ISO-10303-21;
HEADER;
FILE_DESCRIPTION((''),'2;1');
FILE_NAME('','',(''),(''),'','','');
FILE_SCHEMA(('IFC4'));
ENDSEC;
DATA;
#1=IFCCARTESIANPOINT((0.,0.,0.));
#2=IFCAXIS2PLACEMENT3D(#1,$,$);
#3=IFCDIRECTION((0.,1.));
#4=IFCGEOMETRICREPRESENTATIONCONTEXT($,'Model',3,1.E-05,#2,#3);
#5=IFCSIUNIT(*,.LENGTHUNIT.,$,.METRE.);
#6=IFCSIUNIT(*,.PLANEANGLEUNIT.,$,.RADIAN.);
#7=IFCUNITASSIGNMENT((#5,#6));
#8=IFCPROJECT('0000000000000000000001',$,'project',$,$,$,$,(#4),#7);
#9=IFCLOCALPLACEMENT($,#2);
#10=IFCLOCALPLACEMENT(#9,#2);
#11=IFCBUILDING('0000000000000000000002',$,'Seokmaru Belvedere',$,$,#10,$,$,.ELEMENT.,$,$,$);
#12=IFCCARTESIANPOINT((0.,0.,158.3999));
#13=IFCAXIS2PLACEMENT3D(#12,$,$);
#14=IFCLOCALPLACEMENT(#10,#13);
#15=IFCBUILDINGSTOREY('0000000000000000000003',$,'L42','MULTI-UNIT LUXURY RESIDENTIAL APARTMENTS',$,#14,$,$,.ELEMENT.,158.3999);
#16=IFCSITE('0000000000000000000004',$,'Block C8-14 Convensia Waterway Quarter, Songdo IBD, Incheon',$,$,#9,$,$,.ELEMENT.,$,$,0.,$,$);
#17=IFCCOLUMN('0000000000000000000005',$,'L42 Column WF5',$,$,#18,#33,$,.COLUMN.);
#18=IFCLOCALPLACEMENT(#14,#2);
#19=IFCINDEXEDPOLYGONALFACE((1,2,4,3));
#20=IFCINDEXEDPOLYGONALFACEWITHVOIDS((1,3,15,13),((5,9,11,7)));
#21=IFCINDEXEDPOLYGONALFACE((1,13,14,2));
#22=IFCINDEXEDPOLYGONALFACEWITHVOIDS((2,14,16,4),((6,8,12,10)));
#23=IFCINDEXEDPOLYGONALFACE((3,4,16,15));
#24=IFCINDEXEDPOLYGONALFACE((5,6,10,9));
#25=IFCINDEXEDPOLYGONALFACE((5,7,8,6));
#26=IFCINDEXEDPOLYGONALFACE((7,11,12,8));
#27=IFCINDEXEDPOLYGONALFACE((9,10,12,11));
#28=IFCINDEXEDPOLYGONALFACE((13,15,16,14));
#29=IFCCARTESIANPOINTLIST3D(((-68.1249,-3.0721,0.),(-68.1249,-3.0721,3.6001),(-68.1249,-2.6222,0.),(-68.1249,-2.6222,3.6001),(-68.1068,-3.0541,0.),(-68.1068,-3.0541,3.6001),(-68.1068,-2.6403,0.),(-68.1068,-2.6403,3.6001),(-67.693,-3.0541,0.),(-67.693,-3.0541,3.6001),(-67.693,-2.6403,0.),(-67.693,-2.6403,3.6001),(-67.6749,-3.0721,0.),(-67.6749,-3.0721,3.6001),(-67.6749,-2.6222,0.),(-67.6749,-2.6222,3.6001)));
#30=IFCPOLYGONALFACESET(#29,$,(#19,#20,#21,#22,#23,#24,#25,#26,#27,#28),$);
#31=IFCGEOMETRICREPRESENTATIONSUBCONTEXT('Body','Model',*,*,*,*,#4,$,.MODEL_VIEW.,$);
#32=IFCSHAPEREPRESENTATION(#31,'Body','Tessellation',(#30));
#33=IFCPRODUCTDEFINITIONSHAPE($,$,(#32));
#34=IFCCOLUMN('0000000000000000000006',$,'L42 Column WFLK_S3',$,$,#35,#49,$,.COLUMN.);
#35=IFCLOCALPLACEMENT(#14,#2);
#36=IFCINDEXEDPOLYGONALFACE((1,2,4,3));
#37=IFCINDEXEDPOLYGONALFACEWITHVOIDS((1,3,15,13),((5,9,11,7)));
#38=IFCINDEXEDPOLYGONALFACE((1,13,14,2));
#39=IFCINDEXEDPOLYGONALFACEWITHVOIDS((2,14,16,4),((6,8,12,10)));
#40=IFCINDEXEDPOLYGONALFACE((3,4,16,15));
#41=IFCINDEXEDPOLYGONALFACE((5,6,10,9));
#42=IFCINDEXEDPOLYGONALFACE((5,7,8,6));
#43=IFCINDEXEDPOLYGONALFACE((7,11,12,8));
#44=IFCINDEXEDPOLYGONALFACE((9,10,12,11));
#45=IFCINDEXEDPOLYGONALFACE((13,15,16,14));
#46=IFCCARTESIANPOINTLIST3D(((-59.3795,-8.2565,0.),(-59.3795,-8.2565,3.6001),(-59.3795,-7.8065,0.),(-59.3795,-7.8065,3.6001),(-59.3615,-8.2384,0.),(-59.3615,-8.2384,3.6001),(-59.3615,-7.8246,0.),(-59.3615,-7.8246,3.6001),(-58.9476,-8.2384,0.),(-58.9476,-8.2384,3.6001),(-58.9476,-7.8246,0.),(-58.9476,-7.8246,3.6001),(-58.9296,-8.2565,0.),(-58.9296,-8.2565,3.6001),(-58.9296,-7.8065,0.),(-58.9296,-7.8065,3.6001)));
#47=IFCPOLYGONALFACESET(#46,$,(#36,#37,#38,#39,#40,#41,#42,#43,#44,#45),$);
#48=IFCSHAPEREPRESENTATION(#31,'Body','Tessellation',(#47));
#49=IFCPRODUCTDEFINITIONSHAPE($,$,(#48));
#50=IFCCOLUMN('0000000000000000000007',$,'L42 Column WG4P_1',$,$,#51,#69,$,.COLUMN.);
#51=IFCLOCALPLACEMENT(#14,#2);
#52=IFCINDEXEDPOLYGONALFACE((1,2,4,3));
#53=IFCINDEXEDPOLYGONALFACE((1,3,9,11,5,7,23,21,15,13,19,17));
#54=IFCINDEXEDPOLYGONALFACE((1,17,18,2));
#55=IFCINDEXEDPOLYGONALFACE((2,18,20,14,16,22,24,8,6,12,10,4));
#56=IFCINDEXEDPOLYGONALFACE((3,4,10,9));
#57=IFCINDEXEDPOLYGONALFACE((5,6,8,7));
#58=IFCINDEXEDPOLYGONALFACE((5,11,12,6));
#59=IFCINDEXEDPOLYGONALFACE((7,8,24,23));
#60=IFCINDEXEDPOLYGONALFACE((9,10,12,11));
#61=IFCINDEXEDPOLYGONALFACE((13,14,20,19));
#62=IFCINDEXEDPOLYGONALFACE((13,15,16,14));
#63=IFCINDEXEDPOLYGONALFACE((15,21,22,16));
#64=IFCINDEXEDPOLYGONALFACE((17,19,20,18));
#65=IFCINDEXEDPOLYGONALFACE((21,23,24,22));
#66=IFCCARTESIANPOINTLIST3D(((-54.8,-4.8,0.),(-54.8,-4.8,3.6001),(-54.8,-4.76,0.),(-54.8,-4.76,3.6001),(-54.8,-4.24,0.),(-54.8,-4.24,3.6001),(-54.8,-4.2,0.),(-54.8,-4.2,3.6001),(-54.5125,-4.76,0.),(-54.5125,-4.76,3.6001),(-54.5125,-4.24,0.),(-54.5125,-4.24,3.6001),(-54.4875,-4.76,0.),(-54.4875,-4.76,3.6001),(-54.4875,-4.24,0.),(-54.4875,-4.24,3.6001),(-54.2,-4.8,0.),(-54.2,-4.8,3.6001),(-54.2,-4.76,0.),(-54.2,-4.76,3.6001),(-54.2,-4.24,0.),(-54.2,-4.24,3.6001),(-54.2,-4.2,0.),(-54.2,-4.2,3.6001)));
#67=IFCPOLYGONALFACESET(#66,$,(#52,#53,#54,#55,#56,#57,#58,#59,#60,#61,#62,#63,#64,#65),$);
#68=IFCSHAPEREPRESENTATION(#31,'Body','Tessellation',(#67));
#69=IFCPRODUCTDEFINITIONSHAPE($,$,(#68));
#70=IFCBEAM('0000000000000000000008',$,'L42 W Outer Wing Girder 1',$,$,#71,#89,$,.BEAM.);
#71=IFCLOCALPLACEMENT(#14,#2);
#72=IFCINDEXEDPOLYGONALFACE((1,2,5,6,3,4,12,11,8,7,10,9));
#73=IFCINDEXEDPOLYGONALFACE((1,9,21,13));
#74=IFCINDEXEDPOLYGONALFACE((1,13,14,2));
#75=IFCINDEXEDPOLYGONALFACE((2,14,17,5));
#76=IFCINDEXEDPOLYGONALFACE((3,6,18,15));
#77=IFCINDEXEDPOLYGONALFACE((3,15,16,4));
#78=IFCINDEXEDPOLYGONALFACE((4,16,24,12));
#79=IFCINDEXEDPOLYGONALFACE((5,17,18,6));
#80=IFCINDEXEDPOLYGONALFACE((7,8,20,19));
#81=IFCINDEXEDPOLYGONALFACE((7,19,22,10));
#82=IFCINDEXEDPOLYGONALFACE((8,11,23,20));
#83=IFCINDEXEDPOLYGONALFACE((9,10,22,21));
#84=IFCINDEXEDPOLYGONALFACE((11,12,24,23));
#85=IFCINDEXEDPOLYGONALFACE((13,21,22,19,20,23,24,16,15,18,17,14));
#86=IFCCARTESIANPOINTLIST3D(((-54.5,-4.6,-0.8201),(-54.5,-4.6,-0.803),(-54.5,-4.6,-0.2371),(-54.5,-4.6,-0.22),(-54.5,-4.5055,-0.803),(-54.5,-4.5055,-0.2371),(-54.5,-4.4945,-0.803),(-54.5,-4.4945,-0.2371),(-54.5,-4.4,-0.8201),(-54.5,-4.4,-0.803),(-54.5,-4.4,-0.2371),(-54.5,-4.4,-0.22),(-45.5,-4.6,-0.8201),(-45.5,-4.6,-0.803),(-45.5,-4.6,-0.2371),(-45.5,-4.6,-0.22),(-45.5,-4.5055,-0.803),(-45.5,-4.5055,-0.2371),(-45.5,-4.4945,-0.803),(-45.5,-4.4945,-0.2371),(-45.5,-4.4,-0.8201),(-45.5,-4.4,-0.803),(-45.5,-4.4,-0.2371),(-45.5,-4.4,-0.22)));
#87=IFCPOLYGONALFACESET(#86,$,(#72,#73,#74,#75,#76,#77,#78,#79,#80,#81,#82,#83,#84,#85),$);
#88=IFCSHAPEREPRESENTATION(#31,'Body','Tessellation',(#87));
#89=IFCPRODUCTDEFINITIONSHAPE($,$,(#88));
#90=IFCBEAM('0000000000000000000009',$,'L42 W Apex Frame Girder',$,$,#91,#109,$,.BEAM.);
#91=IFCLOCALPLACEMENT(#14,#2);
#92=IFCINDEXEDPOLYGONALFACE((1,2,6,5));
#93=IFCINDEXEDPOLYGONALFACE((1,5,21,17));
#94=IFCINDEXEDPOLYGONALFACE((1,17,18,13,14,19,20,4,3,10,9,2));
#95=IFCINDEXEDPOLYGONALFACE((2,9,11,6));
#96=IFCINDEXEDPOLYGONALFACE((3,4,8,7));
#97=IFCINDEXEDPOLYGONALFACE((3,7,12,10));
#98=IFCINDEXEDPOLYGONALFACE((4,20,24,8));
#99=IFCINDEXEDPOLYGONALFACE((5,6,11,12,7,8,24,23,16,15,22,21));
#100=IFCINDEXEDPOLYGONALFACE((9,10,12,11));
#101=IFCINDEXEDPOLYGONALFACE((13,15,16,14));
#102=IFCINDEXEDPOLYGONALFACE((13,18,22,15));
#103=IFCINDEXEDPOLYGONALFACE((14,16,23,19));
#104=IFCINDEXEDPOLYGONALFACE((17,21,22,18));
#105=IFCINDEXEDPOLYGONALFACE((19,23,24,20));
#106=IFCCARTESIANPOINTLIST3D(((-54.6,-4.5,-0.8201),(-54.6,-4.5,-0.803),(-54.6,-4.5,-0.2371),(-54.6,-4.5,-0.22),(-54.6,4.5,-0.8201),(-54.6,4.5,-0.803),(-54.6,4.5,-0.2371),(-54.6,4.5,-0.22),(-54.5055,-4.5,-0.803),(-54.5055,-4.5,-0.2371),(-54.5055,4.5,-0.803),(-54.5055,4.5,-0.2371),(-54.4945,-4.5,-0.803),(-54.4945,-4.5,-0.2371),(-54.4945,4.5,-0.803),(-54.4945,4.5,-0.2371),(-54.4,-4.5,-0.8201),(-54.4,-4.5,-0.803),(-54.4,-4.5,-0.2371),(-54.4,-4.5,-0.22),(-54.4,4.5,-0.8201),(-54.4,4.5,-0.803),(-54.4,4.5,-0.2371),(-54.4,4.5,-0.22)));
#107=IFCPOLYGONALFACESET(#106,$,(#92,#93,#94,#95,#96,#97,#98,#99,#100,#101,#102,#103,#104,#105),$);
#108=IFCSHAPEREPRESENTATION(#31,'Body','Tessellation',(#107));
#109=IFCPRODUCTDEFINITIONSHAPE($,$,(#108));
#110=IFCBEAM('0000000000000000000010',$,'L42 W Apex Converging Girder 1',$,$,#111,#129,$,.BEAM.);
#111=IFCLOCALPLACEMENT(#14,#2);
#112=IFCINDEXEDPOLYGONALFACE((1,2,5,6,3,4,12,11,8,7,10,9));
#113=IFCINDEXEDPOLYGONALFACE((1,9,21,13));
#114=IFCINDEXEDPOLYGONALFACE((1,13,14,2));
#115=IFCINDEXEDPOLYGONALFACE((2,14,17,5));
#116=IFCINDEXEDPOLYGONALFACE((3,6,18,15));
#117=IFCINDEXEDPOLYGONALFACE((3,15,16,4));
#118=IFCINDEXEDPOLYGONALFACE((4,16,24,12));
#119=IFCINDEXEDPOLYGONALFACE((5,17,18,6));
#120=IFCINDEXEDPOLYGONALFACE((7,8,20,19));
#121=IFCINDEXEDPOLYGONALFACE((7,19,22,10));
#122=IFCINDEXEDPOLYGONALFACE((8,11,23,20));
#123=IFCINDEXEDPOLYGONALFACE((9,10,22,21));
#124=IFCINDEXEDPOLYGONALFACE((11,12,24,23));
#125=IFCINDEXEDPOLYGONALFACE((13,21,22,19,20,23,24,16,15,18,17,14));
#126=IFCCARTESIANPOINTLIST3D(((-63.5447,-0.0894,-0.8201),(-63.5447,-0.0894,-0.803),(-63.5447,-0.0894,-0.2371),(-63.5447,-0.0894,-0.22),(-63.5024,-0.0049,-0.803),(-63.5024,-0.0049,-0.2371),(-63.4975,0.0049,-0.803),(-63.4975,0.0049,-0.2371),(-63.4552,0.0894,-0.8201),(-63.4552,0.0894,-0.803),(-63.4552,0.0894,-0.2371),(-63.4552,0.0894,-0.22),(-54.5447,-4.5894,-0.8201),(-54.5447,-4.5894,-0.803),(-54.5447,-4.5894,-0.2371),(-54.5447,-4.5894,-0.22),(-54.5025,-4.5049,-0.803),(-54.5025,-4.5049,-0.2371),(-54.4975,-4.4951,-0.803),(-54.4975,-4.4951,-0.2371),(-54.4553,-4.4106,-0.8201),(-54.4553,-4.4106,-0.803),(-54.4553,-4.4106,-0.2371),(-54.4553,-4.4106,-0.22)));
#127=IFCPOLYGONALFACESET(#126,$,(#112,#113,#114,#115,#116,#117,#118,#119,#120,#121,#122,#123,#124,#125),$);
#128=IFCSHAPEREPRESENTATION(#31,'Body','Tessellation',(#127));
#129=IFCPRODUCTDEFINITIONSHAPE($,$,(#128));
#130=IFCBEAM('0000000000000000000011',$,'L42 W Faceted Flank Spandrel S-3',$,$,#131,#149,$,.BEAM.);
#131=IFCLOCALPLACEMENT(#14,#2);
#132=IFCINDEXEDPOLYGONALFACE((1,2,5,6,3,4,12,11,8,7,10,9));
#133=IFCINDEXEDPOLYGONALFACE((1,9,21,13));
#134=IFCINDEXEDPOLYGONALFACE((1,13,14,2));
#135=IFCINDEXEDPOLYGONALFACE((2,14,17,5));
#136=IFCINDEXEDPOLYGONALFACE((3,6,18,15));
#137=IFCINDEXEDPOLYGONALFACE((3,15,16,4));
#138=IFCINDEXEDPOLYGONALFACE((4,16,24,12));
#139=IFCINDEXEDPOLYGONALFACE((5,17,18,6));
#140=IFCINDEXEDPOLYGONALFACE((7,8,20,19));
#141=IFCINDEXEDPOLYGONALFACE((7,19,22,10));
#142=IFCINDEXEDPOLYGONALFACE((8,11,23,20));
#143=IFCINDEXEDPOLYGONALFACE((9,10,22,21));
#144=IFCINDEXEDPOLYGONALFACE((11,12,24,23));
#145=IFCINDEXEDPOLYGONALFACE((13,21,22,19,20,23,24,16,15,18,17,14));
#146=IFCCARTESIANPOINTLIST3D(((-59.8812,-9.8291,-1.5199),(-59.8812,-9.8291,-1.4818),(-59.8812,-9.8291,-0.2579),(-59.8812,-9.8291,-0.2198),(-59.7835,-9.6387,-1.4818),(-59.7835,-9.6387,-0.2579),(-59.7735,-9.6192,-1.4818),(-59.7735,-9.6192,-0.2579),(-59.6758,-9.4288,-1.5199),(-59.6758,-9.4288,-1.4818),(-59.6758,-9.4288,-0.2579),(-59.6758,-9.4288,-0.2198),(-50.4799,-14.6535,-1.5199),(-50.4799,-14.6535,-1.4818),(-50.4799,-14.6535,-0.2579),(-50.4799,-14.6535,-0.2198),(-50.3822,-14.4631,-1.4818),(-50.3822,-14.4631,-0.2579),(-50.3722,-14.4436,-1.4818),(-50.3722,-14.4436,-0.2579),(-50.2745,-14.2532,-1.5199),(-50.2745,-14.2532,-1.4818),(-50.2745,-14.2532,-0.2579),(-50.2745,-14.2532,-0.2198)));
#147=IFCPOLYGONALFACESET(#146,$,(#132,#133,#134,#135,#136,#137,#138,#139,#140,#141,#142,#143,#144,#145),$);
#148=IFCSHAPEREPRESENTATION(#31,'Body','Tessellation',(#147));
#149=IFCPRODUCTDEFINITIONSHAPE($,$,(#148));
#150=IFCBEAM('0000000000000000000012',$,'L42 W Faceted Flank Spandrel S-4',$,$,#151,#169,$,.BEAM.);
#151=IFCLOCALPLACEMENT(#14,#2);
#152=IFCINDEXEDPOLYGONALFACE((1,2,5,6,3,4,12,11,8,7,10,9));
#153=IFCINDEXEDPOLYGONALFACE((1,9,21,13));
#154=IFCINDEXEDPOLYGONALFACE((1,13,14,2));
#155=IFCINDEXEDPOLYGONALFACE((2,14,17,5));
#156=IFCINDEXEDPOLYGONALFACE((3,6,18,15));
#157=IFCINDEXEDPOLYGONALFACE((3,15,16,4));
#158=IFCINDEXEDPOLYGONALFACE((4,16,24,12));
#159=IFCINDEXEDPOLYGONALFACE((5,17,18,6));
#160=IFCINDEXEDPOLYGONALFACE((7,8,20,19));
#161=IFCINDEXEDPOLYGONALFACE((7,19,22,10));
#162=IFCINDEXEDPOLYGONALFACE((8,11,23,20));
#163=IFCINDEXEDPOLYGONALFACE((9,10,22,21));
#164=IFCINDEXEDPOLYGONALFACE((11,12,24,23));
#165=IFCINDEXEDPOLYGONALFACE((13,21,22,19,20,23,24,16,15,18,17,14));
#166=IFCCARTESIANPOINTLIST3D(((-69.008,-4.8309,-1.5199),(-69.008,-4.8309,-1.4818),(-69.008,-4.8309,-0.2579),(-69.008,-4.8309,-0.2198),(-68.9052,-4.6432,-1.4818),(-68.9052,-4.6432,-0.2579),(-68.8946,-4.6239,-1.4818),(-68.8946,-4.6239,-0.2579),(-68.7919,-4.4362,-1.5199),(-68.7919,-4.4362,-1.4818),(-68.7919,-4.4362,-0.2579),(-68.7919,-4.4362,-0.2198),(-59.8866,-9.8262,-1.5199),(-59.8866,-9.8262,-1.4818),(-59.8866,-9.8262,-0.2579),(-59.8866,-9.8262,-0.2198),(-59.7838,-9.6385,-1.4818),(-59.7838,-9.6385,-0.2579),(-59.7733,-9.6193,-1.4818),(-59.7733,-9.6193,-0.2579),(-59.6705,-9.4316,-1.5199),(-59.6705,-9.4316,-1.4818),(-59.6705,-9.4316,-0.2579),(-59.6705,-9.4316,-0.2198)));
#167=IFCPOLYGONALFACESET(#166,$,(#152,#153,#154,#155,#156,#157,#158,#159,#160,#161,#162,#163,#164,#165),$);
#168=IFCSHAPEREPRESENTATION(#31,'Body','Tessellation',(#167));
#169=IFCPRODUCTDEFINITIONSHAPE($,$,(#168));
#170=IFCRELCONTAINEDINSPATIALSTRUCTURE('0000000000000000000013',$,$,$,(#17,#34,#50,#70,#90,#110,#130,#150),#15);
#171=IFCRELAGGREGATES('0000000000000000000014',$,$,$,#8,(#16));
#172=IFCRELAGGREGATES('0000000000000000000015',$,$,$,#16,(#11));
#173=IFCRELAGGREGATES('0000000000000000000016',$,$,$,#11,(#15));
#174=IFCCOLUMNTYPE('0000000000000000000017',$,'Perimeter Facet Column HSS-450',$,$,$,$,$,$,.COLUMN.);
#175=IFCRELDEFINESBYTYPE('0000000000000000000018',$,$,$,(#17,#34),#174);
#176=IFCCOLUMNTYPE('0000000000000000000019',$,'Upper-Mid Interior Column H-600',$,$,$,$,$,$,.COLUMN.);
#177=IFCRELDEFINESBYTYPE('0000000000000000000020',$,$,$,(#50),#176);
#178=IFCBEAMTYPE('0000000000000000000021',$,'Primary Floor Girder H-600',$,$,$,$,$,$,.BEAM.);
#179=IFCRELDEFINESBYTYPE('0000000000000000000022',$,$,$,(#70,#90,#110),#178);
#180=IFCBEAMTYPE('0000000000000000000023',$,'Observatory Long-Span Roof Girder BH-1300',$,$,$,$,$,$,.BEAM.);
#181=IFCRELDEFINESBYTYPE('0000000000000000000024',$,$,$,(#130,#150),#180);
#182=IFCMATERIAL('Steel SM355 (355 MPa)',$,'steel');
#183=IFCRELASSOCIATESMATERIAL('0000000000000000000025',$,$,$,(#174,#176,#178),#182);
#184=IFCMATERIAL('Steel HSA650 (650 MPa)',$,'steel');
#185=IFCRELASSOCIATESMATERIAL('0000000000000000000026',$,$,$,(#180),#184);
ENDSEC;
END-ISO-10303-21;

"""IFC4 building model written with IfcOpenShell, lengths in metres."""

from ifc_helpers import new_model, si_unit, direction, frame, origin, origin_2d, place, context, subcontext, project, spatial, hollow_rectangle, i_section, extrude, source, transform, mapped, material, material_profile, profile_set, type_object, type_shapes, element, save


model = new_model("IFC4")

# Units and contexts
model_context = context("Model", 3, precision=1e-05, world=origin(), true_north=direction((0.0, 1.0)))
body_context = subcontext(model_context, "Body", "Model", "MODEL_VIEW")
ifc_project = project(units=[si_unit("LENGTHUNIT", "METRE"), si_unit("PLANEANGLEUNIT", "RADIAN")], contexts=[model_context])

# Site, building, storey
site_placement = place(None, origin())
site = spatial("IfcSite", under=ifc_project, at=site_placement, Name="Block C8-14 Convensia Waterway Quarter, Songdo IBD, Incheon", CompositionType="ELEMENT", RefElevation=0.0)
building_placement = place(site_placement, origin())
building = spatial("IfcBuilding", under=site, at=building_placement, Name="Seokmaru Belvedere", CompositionType="ELEMENT")
storey_placement = place(building_placement, frame((0.0, 0.0, 158.3999)))
storey = spatial("IfcBuildingStorey", under=building, at=storey_placement, Name="L42", Description="MULTI-UNIT LUXURY RESIDENTIAL APARTMENTS", CompositionType="ELEMENT", Elevation=158.3999)

# Columns
ifc_material_1 = material(Name="Steel SM355 (355 MPa)", Category="steel")
ifc_material_profile_1 = material_profile(ifc_material_1, hollow_rectangle(XDim=0.45, YDim=0.45, WallThickness=0.0181, at=origin_2d()), Name="HSS-450x450x18")
ifc_profile_set_1 = profile_set([ifc_material_profile_1], Name="Steel SM355 (355 MPa)")
column_type_1 = type_object("IfcColumnType", Name="Perimeter Facet Column HSS-450", PredefinedType="COLUMN", material=ifc_profile_set_1)
shared_shape_1 = source(origin(), body_context, "Body", "SweptSolid", [
    extrude(hollow_rectangle(XDim=0.45, YDim=0.45, WallThickness=0.0181, at=origin_2d()), origin(), (0.0, 0.0, 1.0), 3.6001),
])
type_shapes(column_type_1, [shared_shape_1])
for number, where, z_axis, x_axis, name in (
    (1, (-67.8999, -2.8472, 0.0), (0.0, 0.0, 1.0), (1.0, 0.0, 0.0), "L42 Column WF5"),
    (2, (-59.1545, -8.0315, 0.0), (0.0, 0.0, 1.0), (1.0, 0.0, 0.0), "L42 Column WFLK_S3"),
):
    element("IfcColumn", number, at=place(storey_placement, frame(where, z_axis=z_axis, x_axis=x_axis)), inside=storey, type_object=column_type_1, Name=name, PredefinedType="COLUMN", context=body_context, shape_type="MappedRepresentation", body=[
        mapped(shared_shape_1, transform((0.0, 0.0, 0.0), scale=1.0)),
    ])
ifc_material_profile_2 = material_profile(ifc_material_1, i_section(OverallWidth=0.6001, OverallDepth=0.6001, WebThickness=0.0249, FlangeThickness=0.04, at=origin_2d()), Name="H-600x600x25x40")
ifc_profile_set_2 = profile_set([ifc_material_profile_2], Name="Steel SM355 (355 MPa)")
column_type_2 = type_object("IfcColumnType", Name="Upper-Mid Interior Column H-600", PredefinedType="COLUMN", material=ifc_profile_set_2)
shared_shape_2 = source(origin(), body_context, "Body", "SweptSolid", [
    extrude(i_section(OverallWidth=0.6001, OverallDepth=0.6001, WebThickness=0.0249, FlangeThickness=0.04, at=origin_2d()), origin(), (0.0, 0.0, 1.0), 3.6001),
])
type_shapes(column_type_2, [shared_shape_2])
column_placement = place(storey_placement, frame((-54.5, -4.5, 0.0), z_axis=(0.0, 0.0, 1.0), x_axis=(1.0, 0.0, 0.0)))
element("IfcColumn", 3, at=column_placement, inside=storey, type_object=column_type_2, Name="L42 Column WG4P_1", PredefinedType="COLUMN", context=body_context, shape_type="MappedRepresentation", body=[
    mapped(shared_shape_2, transform((0.0, 0.0, 0.0), scale=1.0)),
])

# Beams
ifc_material_profile_3 = material_profile(ifc_material_1, i_section(OverallWidth=0.2, OverallDepth=0.6001, WebThickness=0.011, FlangeThickness=0.0171, at=origin_2d()), Name="H-600x200x11x17")
ifc_profile_set_3 = profile_set([ifc_material_profile_3], Name="Steel SM355 (355 MPa)")
beam_type_1 = type_object("IfcBeamType", Name="Primary Floor Girder H-600", PredefinedType="BEAM", material=ifc_profile_set_3)
shared_shape_3 = source(origin(), body_context, "Body", "SweptSolid", [
    extrude(i_section(OverallWidth=0.2, OverallDepth=0.6001, WebThickness=0.011, FlangeThickness=0.0171, at=origin_2d()), origin(), (0.0, 0.0, 1.0), 9.0),
])
for number, where, z_axis, x_axis, name in (
    (4, (-54.5, -4.5, -0.52), (1.0, 0.0, 0.0), (0.0, 1.0, 0.0), "L42 W Outer Wing Girder 1"),
    (5, (-54.5, -4.5, -0.52), (0.0, 1.0, 0.0), (-1.0, 0.0, 0.0), "L42 W Apex Frame Girder"),
):
    element("IfcBeam", number, at=place(storey_placement, frame(where, z_axis=z_axis, x_axis=x_axis)), inside=storey, type_object=beam_type_1, Name=name, PredefinedType="BEAM", context=body_context, shape_type="MappedRepresentation", body=[
        mapped(shared_shape_3, transform((0.0, 0.0, 0.0), scale=1.0)),
    ])
shared_shape_4 = source(origin(), body_context, "Body", "SweptSolid", [
    extrude(i_section(OverallWidth=0.2, OverallDepth=0.6001, WebThickness=0.011, FlangeThickness=0.0171, at=origin_2d()), origin(), (0.0, 0.0, 1.0), 10.0623),
])
type_shapes(beam_type_1, [shared_shape_3, shared_shape_4])
beam_1_placement = place(storey_placement, frame((-54.5, -4.5, -0.52), z_axis=(-0.894427, 0.447214, 0.0), x_axis=(-0.447214, -0.894427, 0.0)))
element("IfcBeam", 6, at=beam_1_placement, inside=storey, type_object=beam_type_1, Name="L42 W Apex Converging Girder 1", PredefinedType="BEAM", context=body_context, shape_type="MappedRepresentation", body=[
    mapped(shared_shape_4, transform((0.0, 0.0, 0.0), scale=1.0)),
])
ifc_material_2 = material(Name="Steel HSA650 (650 MPa)", Category="steel")
ifc_material_profile_4 = material_profile(ifc_material_2, i_section(OverallWidth=0.45, OverallDepth=1.3, WebThickness=0.022, FlangeThickness=0.0381, at=origin_2d()), Name="BH-1300x450x22x38")
ifc_profile_set_4 = profile_set([ifc_material_profile_4], Name="Steel HSA650 (650 MPa)")
beam_type_2 = type_object("IfcBeamType", Name="Observatory Long-Span Roof Girder BH-1300", PredefinedType="BEAM", material=ifc_profile_set_4)
shared_shape_5 = source(origin(), body_context, "Body", "SweptSolid", [
    extrude(i_section(OverallWidth=0.45, OverallDepth=1.3, WebThickness=0.022, FlangeThickness=0.0381, at=origin_2d()), origin(), (0.0, 0.0, 1.0), 10.5669),
])
beam_2_placement = place(storey_placement, frame((-50.3772, -14.4534, -0.8699), z_axis=(-0.889693, 0.45656, 0.0), x_axis=(-0.45656, -0.889693, 0.0)))
element("IfcBeam", 7, at=beam_2_placement, inside=storey, type_object=beam_type_2, Name="L42 W Faceted Flank Spandrel S-3", PredefinedType="BEAM", context=body_context, shape_type="MappedRepresentation", body=[
    mapped(shared_shape_5, transform((0.0, 0.0, 0.0), scale=1.0)),
])
shared_shape_6 = source(origin(), body_context, "Body", "SweptSolid", [
    extrude(i_section(OverallWidth=0.45, OverallDepth=1.3, WebThickness=0.022, FlangeThickness=0.0381, at=origin_2d()), origin(), (0.0, 0.0, 1.0), 10.3997),
])
beam_3_placement = place(storey_placement, frame((-59.7786, -9.6289, -0.8699), z_axis=(-0.877082, 0.48034, 0.0), x_axis=(-0.48034, -0.877082, 0.0)))
element("IfcBeam", 8, at=beam_3_placement, inside=storey, type_object=beam_type_2, Name="L42 W Faceted Flank Spandrel S-4", PredefinedType="BEAM", context=body_context, shape_type="MappedRepresentation", body=[
    mapped(shared_shape_6, transform((0.0, 0.0, 0.0), scale=1.0)),
])

save(model, "model.ifc")
